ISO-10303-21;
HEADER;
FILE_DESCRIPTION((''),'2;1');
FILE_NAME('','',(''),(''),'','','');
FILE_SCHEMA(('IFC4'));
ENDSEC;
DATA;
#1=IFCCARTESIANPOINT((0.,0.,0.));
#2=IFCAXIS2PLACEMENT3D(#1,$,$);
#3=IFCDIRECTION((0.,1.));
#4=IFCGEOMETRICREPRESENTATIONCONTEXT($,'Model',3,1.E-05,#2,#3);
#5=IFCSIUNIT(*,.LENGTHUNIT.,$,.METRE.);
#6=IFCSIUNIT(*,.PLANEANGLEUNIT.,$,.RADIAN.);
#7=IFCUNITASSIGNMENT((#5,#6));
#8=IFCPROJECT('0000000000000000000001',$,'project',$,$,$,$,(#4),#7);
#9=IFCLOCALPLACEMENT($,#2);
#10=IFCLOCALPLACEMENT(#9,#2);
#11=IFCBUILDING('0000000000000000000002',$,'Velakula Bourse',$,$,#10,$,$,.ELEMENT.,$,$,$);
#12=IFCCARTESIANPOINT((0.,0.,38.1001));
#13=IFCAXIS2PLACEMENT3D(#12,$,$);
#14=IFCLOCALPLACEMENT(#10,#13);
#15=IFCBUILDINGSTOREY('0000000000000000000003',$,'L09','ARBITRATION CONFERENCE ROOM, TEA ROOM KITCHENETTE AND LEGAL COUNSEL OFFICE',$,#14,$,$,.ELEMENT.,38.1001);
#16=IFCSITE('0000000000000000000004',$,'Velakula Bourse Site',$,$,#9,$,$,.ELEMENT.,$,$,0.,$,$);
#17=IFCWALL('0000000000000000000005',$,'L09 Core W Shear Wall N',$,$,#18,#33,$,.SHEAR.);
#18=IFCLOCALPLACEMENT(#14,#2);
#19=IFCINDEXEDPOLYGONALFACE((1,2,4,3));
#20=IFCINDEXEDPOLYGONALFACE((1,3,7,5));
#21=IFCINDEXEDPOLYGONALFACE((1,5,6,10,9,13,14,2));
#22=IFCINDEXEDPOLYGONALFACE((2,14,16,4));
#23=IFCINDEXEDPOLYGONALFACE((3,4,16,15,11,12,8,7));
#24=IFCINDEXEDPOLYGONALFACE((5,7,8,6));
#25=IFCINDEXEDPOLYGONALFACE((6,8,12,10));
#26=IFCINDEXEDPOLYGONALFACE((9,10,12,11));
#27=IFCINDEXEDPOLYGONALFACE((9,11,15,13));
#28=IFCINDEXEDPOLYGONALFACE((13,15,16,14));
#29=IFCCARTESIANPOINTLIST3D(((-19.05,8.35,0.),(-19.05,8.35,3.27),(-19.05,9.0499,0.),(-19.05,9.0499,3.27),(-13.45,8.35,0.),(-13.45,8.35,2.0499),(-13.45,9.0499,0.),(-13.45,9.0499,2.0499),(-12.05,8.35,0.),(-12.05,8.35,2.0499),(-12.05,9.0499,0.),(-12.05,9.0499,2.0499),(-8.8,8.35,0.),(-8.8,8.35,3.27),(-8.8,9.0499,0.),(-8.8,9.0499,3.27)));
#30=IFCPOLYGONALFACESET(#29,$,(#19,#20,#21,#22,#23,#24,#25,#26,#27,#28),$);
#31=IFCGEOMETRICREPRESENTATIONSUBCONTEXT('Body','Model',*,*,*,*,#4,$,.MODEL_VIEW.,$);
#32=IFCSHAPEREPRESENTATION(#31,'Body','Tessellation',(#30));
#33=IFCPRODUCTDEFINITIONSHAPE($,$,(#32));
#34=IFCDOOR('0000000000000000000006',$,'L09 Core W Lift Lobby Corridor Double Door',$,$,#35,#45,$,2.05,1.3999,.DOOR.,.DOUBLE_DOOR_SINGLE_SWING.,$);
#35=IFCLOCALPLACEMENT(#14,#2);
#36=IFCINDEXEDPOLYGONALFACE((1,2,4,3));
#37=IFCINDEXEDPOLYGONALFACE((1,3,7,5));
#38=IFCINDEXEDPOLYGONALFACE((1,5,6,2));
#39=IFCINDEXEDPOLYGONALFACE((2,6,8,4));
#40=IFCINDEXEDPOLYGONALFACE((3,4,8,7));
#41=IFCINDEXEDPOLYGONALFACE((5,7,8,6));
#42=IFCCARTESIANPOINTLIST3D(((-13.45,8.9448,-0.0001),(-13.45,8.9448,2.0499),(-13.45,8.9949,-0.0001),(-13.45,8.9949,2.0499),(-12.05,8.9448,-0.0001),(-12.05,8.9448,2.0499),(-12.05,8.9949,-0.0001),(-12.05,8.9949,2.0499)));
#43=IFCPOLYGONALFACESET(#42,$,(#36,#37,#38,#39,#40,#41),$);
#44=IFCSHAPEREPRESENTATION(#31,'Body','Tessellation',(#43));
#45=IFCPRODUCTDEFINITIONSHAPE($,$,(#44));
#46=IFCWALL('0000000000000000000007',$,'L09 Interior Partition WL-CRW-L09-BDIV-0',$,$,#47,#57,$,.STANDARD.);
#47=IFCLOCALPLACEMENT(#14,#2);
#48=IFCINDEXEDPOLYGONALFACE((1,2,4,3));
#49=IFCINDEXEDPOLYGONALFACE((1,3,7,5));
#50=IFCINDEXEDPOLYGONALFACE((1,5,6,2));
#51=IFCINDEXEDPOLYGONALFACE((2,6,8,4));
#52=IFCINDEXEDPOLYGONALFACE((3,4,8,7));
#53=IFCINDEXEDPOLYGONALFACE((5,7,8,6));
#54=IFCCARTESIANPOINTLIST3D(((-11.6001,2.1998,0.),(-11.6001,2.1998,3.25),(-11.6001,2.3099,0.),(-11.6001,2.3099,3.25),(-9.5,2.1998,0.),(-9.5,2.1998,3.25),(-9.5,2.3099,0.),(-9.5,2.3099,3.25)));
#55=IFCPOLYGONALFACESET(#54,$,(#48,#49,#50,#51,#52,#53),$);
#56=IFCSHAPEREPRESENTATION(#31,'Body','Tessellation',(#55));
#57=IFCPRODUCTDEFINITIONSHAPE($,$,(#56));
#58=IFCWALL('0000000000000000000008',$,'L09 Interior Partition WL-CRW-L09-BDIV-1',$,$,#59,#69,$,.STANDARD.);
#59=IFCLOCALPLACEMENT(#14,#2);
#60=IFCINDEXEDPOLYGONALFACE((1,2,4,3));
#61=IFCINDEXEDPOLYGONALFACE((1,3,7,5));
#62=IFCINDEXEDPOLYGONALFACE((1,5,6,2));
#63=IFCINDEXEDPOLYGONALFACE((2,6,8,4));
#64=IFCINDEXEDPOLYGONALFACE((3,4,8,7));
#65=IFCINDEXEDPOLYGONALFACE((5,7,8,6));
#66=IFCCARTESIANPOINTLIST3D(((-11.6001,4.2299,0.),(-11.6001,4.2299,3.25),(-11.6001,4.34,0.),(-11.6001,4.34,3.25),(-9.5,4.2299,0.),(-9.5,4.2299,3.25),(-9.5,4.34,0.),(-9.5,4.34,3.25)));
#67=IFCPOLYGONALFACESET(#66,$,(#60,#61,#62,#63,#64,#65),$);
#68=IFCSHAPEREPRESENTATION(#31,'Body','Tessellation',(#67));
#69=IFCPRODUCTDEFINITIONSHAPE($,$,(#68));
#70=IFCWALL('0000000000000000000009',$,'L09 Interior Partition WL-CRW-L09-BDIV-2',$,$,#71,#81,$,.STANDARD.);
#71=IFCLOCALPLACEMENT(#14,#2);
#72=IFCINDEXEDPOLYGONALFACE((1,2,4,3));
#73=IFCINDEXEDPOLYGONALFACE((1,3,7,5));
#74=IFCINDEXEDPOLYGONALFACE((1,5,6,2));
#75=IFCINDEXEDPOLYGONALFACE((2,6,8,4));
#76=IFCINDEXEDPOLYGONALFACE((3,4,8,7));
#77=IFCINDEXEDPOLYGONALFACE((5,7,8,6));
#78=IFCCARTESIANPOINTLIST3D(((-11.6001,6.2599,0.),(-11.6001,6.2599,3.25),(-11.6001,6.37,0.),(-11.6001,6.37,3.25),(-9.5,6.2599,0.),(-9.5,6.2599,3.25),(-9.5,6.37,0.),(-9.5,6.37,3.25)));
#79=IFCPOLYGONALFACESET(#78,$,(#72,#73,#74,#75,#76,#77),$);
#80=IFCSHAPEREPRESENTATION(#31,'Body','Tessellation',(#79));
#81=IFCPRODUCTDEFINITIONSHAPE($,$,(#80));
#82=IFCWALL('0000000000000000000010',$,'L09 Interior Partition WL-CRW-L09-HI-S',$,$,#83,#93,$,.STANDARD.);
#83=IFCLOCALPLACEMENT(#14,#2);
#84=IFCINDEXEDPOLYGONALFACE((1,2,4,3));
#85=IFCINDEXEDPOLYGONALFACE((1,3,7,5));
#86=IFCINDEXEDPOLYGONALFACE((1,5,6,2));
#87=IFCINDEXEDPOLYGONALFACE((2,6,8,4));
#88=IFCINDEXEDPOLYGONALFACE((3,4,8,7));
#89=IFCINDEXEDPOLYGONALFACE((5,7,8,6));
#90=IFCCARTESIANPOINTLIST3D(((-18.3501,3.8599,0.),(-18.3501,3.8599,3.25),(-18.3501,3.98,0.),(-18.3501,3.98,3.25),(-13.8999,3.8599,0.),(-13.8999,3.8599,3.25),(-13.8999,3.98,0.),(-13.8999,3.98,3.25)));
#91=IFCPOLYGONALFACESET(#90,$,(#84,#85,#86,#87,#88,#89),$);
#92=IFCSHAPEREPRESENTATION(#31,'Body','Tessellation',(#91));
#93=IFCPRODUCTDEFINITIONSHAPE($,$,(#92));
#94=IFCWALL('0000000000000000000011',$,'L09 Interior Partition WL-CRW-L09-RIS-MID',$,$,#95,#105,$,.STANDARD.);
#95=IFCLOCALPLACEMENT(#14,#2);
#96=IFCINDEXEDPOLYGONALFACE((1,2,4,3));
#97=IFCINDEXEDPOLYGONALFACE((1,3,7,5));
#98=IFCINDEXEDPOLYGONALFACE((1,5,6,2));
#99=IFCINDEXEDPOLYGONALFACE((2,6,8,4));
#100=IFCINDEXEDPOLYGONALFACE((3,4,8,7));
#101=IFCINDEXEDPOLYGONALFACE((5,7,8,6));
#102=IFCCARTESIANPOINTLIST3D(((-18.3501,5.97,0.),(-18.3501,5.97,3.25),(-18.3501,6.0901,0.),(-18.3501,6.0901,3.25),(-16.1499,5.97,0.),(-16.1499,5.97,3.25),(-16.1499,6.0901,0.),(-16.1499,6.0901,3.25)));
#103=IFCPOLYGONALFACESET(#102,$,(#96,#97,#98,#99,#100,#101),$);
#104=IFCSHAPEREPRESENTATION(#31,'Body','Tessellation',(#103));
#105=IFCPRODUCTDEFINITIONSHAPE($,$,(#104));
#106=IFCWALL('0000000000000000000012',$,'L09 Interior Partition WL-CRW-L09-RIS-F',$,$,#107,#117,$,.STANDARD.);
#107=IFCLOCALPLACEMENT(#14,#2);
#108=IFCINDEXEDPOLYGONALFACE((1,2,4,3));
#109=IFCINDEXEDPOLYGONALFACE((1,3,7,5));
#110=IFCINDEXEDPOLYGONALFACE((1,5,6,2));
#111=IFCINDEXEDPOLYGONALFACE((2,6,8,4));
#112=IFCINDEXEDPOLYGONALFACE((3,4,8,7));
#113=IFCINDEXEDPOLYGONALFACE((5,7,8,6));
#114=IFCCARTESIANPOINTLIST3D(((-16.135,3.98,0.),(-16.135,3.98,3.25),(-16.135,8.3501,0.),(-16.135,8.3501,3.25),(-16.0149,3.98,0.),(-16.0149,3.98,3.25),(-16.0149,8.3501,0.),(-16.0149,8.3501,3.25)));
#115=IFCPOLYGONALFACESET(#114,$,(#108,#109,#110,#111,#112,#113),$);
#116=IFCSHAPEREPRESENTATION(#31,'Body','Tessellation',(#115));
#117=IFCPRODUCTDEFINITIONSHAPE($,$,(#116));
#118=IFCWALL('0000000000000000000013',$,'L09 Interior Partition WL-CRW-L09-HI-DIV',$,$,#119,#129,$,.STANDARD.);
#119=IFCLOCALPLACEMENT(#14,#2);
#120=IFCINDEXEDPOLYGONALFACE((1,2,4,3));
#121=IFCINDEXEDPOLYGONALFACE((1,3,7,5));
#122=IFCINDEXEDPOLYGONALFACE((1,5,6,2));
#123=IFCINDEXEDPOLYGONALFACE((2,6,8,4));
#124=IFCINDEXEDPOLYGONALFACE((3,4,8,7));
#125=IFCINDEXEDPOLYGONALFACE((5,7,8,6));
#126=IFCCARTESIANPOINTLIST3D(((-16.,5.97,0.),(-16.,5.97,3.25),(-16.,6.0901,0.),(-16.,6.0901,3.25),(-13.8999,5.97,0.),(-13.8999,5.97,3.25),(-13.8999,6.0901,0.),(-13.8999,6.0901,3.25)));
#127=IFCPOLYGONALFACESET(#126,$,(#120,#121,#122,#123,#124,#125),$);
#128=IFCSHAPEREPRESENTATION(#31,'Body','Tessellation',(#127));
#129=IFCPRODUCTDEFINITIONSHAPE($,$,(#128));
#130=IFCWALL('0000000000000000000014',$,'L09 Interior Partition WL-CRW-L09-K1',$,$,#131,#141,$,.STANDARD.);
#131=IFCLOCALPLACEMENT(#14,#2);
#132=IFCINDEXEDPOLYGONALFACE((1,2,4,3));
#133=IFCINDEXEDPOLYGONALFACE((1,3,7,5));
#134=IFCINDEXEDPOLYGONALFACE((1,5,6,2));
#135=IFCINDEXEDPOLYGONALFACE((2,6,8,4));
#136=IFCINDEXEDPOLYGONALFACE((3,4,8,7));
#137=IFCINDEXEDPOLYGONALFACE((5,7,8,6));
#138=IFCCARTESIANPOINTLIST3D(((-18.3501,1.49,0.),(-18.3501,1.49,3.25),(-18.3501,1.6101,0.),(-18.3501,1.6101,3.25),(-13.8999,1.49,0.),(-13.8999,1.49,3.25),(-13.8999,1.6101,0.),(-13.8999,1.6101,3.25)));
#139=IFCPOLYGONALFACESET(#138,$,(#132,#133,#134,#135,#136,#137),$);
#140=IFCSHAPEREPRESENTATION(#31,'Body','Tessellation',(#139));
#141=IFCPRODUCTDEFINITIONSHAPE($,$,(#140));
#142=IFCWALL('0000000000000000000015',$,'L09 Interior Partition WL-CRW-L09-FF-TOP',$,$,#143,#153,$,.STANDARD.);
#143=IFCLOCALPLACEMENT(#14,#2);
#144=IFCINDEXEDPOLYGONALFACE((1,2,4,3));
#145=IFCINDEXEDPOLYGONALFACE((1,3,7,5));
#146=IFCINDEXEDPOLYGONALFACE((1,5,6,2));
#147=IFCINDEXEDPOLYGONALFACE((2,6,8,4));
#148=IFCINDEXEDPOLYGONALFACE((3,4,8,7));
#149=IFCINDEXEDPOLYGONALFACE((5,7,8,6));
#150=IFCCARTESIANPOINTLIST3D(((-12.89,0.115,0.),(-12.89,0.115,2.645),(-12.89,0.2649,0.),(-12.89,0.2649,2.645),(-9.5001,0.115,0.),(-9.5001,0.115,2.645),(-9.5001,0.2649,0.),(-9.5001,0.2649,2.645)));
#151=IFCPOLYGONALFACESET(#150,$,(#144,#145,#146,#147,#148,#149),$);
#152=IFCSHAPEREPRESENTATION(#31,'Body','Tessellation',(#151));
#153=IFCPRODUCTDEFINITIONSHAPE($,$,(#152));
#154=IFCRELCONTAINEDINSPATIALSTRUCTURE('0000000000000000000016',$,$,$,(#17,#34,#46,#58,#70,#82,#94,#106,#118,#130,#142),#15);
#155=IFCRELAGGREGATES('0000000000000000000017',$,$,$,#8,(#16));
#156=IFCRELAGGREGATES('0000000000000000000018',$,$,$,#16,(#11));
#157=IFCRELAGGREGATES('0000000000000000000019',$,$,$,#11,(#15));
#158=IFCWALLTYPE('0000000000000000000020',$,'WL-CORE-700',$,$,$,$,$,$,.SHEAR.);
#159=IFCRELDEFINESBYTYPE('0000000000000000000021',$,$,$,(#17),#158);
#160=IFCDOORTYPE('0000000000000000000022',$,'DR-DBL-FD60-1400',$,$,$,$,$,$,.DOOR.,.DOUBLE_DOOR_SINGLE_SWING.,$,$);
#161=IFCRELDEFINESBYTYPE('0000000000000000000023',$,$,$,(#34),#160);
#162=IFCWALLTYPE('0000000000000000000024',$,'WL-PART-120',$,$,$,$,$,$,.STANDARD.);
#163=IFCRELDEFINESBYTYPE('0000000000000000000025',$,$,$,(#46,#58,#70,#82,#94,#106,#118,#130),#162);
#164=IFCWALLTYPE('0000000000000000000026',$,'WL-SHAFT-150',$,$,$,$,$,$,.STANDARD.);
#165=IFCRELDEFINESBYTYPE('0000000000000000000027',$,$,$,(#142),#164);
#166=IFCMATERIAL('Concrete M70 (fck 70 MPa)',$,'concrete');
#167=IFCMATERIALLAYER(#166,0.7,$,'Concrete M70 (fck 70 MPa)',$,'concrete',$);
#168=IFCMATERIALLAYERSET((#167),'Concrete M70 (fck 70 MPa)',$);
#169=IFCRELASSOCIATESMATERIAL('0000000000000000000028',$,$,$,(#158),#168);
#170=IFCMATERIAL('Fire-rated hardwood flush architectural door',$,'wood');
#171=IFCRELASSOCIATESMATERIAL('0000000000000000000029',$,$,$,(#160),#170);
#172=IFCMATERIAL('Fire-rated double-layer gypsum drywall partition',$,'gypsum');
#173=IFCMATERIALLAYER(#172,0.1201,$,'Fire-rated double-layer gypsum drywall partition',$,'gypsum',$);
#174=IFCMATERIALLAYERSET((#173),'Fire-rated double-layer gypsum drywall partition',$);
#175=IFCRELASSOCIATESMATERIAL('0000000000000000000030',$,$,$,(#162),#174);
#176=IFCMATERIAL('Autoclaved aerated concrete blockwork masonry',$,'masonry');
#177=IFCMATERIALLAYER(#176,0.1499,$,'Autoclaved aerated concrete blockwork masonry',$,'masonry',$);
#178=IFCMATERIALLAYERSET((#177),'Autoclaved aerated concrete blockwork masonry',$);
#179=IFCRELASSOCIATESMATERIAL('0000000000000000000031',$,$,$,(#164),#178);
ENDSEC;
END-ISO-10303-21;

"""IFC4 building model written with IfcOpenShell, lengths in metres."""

from ifc_helpers import new_model, si_unit, direction, frame, frame_2d, origin, place, context, subcontext, project, spatial, rectangle, extrude, material, layer, layer_set, type_object, element, fill, save


model = new_model("IFC4")

# Units and contexts
model_context = context("Model", 3, precision=1e-05, world=origin(), true_north=direction((0.0, 1.0)))
body_context = subcontext(model_context, "Body", "Model", "MODEL_VIEW")
ifc_project = project(units=[si_unit("LENGTHUNIT", "METRE"), si_unit("PLANEANGLEUNIT", "RADIAN")], contexts=[model_context])

# Site, building, storey
site_placement = place(None, origin())
site = spatial("IfcSite", under=ifc_project, at=site_placement, Name="Velakula Bourse Site", CompositionType="ELEMENT", RefElevation=0.0)
building_placement = place(site_placement, origin())
building = spatial("IfcBuilding", under=site, at=building_placement, Name="Velakula Bourse", CompositionType="ELEMENT")
storey_placement = place(building_placement, frame((0.0, 0.0, 38.1001)))
storey = spatial("IfcBuildingStorey", under=building, at=storey_placement, Name="L09", Description="ARBITRATION CONFERENCE ROOM, TEA ROOM KITCHENETTE AND LEGAL COUNSEL OFFICE", CompositionType="ELEMENT", Elevation=38.1001)

# Shared definitions
ifc_material_1 = material(Name="Concrete M70 (fck 70 MPa)", Category="concrete")

# Wall, opening, door
ifc_layer_1 = layer(ifc_material_1, 0.7, Name="Concrete M70 (fck 70 MPa)", Category="concrete")
ifc_layer_set_1 = layer_set([ifc_layer_1], Name="Concrete M70 (fck 70 MPa)")
wall_type_1 = type_object("IfcWallType", Name="WL-CORE-700", PredefinedType="SHEAR", material=ifc_layer_set_1)
wall_1_placement = place(storey_placement, frame((-19.05, 8.7, 0.0), z_axis=(0.0, 0.0, 1.0), x_axis=(1.0, 0.0, 0.0)))
wall_1 = element("IfcWall", 1, at=wall_1_placement, inside=storey, type_object=wall_type_1, Name="L09 Core W Shear Wall N", PredefinedType="SHEAR", context=body_context, shape_type="SweptSolid", body=[
    extrude(rectangle(XDim=10.25, YDim=0.7, at=frame_2d((5.125, 0.0))), origin(), (0.0, 0.0, 1.0), 3.27),
])
opening_1_placement = place(wall_1_placement, frame((5.6001, 0.0, 0.0)))
opening_1 = element("IfcOpeningElement", 2, at=opening_1_placement, cuts=wall_1, PredefinedType="OPENING", context=body_context, shape_type="SweptSolid", body=[
    extrude(rectangle(XDim=1.3999, YDim=2.05, at=frame_2d((0.7, 1.0249))), frame((0.0, 0.3599, 0.0), z_axis=(0.0, -1.0, 0.0), x_axis=(1.0, 0.0, 0.0)), (0.0, 0.0, 1.0), 0.72),
])
ifc_material_2 = material(Name="Fire-rated hardwood flush architectural door", Category="wood")
door_type_1 = type_object("IfcDoorType", Name="DR-DBL-FD60-1400", OperationType="DOUBLE_DOOR_SINGLE_SWING", PredefinedType="DOOR", material=ifc_material_2)
door_1_placement = place(opening_1_placement, origin())
door_1 = element("IfcDoor", 3, at=door_1_placement, inside=storey, type_object=door_type_1, Name="L09 Core W Lift Lobby Corridor Double Door", OperationType="DOUBLE_DOOR_SINGLE_SWING", OverallHeight=2.05, OverallWidth=1.3999, PredefinedType="DOOR", context=body_context, shape_type="SweptSolid", body=[
    extrude(rectangle(XDim=1.3999, YDim=2.05, at=frame_2d((0.7, 1.0249))), frame((0.0, 0.2949, 0.0), z_axis=(0.0, -1.0, 0.0), x_axis=(1.0, 0.0, 0.0)), (0.0, 0.0, 1.0), 0.05),
])
fill(opening_1, door_1)

# Walls
ifc_material_3 = material(Name="Fire-rated double-layer gypsum drywall partition", Category="gypsum")
ifc_layer_2 = layer(ifc_material_3, 0.1201, Name="Fire-rated double-layer gypsum drywall partition", Category="gypsum")
ifc_layer_set_2 = layer_set([ifc_layer_2], Name="Fire-rated double-layer gypsum drywall partition")
wall_type_2 = type_object("IfcWallType", Name="WL-PART-120", PredefinedType="STANDARD", material=ifc_layer_set_2)
for number, where, z_axis, x_axis, name in (
    (4, (-11.6001, 2.2549, 0.0), (0.0, 0.0, 1.0), (1.0, 0.0, 0.0), "L09 Interior Partition WL-CRW-L09-BDIV-0"),
    (5, (-11.6001, 4.2849, 0.0), (0.0, 0.0, 1.0), (1.0, 0.0, 0.0), "L09 Interior Partition WL-CRW-L09-BDIV-1"),
    (6, (-11.6001, 6.3149, 0.0), (0.0, 0.0, 1.0), (1.0, 0.0, 0.0), "L09 Interior Partition WL-CRW-L09-BDIV-2"),
):
    element("IfcWall", number, at=place(storey_placement, frame(where, z_axis=z_axis, x_axis=x_axis)), inside=storey, type_object=wall_type_2, Name=name, PredefinedType="STANDARD", context=body_context, shape_type="SweptSolid", body=[
        extrude(rectangle(XDim=2.1001, YDim=0.1101, at=frame_2d((1.05, 0.0))), origin(), (0.0, 0.0, 1.0), 3.25),
    ])
wall_2_placement = place(storey_placement, frame((-18.3501, 3.9199, 0.0), z_axis=(0.0, 0.0, 1.0), x_axis=(1.0, 0.0, 0.0)))
element("IfcWall", 7, at=wall_2_placement, inside=storey, type_object=wall_type_2, Name="L09 Interior Partition WL-CRW-L09-HI-S", PredefinedType="STANDARD", context=body_context, shape_type="SweptSolid", body=[
    extrude(rectangle(XDim=4.4502, YDim=0.1201, at=frame_2d((2.2251, 0.0))), origin(), (0.0, 0.0, 1.0), 3.25),
])
wall_3_placement = place(storey_placement, frame((-18.3501, 6.03, 0.0), z_axis=(0.0, 0.0, 1.0), x_axis=(1.0, 0.0, 0.0)))
element("IfcWall", 8, at=wall_3_placement, inside=storey, type_object=wall_type_2, Name="L09 Interior Partition WL-CRW-L09-RIS-MID", PredefinedType="STANDARD", context=body_context, shape_type="SweptSolid", body=[
    extrude(rectangle(XDim=2.2002, YDim=0.1201, at=frame_2d((1.1001, 0.0))), origin(), (0.0, 0.0, 1.0), 3.25),
])
wall_4_placement = place(storey_placement, frame((-16.075, 3.98, 0.0), z_axis=(0.0, 0.0, 1.0), x_axis=(0.0, 1.0, 0.0)))
element("IfcWall", 9, at=wall_4_placement, inside=storey, type_object=wall_type_2, Name="L09 Interior Partition WL-CRW-L09-RIS-F", PredefinedType="STANDARD", context=body_context, shape_type="SweptSolid", body=[
    extrude(rectangle(XDim=4.3701, YDim=0.1201, at=frame_2d((2.1851, 0.0))), origin(), (0.0, 0.0, 1.0), 3.25),
])
wall_5_placement = place(storey_placement, frame((-16.0, 6.03, 0.0), z_axis=(0.0, 0.0, 1.0), x_axis=(1.0, 0.0, 0.0)))
element("IfcWall", 10, at=wall_5_placement, inside=storey, type_object=wall_type_2, Name="L09 Interior Partition WL-CRW-L09-HI-DIV", PredefinedType="STANDARD", context=body_context, shape_type="SweptSolid", body=[
    extrude(rectangle(XDim=2.1001, YDim=0.1201, at=frame_2d((1.05, 0.0))), origin(), (0.0, 0.0, 1.0), 3.25),
])
wall_6_placement = place(storey_placement, frame((-18.3501, 1.55, 0.0), z_axis=(0.0, 0.0, 1.0), x_axis=(1.0, 0.0, 0.0)))
element("IfcWall", 11, at=wall_6_placement, inside=storey, type_object=wall_type_2, Name="L09 Interior Partition WL-CRW-L09-K1", PredefinedType="STANDARD", context=body_context, shape_type="SweptSolid", body=[
    extrude(rectangle(XDim=4.4502, YDim=0.1201, at=frame_2d((2.2251, 0.0))), origin(), (0.0, 0.0, 1.0), 3.25),
])
ifc_material_4 = material(Name="Autoclaved aerated concrete blockwork masonry", Category="masonry")
ifc_layer_3 = layer(ifc_material_4, 0.1499, Name="Autoclaved aerated concrete blockwork masonry", Category="masonry")
ifc_layer_set_3 = layer_set([ifc_layer_3], Name="Autoclaved aerated concrete blockwork masonry")
wall_type_3 = type_object("IfcWallType", Name="WL-SHAFT-150", PredefinedType="STANDARD", material=ifc_layer_set_3)
wall_7_placement = place(storey_placement, frame((-12.8899, 0.1899, 0.0), z_axis=(0.0, 0.0, 1.0), x_axis=(1.0, 0.0, 0.0)))
element("IfcWall", 12, at=wall_7_placement, inside=storey, type_object=wall_type_3, Name="L09 Interior Partition WL-CRW-L09-FF-TOP", PredefinedType="STANDARD", context=body_context, shape_type="SweptSolid", body=[
    extrude(rectangle(XDim=3.3899, YDim=0.1499, at=frame_2d((1.6948, 0.0))), origin(), (0.0, 0.0, 1.0), 2.645),
])

save(model, "model.ifc")
